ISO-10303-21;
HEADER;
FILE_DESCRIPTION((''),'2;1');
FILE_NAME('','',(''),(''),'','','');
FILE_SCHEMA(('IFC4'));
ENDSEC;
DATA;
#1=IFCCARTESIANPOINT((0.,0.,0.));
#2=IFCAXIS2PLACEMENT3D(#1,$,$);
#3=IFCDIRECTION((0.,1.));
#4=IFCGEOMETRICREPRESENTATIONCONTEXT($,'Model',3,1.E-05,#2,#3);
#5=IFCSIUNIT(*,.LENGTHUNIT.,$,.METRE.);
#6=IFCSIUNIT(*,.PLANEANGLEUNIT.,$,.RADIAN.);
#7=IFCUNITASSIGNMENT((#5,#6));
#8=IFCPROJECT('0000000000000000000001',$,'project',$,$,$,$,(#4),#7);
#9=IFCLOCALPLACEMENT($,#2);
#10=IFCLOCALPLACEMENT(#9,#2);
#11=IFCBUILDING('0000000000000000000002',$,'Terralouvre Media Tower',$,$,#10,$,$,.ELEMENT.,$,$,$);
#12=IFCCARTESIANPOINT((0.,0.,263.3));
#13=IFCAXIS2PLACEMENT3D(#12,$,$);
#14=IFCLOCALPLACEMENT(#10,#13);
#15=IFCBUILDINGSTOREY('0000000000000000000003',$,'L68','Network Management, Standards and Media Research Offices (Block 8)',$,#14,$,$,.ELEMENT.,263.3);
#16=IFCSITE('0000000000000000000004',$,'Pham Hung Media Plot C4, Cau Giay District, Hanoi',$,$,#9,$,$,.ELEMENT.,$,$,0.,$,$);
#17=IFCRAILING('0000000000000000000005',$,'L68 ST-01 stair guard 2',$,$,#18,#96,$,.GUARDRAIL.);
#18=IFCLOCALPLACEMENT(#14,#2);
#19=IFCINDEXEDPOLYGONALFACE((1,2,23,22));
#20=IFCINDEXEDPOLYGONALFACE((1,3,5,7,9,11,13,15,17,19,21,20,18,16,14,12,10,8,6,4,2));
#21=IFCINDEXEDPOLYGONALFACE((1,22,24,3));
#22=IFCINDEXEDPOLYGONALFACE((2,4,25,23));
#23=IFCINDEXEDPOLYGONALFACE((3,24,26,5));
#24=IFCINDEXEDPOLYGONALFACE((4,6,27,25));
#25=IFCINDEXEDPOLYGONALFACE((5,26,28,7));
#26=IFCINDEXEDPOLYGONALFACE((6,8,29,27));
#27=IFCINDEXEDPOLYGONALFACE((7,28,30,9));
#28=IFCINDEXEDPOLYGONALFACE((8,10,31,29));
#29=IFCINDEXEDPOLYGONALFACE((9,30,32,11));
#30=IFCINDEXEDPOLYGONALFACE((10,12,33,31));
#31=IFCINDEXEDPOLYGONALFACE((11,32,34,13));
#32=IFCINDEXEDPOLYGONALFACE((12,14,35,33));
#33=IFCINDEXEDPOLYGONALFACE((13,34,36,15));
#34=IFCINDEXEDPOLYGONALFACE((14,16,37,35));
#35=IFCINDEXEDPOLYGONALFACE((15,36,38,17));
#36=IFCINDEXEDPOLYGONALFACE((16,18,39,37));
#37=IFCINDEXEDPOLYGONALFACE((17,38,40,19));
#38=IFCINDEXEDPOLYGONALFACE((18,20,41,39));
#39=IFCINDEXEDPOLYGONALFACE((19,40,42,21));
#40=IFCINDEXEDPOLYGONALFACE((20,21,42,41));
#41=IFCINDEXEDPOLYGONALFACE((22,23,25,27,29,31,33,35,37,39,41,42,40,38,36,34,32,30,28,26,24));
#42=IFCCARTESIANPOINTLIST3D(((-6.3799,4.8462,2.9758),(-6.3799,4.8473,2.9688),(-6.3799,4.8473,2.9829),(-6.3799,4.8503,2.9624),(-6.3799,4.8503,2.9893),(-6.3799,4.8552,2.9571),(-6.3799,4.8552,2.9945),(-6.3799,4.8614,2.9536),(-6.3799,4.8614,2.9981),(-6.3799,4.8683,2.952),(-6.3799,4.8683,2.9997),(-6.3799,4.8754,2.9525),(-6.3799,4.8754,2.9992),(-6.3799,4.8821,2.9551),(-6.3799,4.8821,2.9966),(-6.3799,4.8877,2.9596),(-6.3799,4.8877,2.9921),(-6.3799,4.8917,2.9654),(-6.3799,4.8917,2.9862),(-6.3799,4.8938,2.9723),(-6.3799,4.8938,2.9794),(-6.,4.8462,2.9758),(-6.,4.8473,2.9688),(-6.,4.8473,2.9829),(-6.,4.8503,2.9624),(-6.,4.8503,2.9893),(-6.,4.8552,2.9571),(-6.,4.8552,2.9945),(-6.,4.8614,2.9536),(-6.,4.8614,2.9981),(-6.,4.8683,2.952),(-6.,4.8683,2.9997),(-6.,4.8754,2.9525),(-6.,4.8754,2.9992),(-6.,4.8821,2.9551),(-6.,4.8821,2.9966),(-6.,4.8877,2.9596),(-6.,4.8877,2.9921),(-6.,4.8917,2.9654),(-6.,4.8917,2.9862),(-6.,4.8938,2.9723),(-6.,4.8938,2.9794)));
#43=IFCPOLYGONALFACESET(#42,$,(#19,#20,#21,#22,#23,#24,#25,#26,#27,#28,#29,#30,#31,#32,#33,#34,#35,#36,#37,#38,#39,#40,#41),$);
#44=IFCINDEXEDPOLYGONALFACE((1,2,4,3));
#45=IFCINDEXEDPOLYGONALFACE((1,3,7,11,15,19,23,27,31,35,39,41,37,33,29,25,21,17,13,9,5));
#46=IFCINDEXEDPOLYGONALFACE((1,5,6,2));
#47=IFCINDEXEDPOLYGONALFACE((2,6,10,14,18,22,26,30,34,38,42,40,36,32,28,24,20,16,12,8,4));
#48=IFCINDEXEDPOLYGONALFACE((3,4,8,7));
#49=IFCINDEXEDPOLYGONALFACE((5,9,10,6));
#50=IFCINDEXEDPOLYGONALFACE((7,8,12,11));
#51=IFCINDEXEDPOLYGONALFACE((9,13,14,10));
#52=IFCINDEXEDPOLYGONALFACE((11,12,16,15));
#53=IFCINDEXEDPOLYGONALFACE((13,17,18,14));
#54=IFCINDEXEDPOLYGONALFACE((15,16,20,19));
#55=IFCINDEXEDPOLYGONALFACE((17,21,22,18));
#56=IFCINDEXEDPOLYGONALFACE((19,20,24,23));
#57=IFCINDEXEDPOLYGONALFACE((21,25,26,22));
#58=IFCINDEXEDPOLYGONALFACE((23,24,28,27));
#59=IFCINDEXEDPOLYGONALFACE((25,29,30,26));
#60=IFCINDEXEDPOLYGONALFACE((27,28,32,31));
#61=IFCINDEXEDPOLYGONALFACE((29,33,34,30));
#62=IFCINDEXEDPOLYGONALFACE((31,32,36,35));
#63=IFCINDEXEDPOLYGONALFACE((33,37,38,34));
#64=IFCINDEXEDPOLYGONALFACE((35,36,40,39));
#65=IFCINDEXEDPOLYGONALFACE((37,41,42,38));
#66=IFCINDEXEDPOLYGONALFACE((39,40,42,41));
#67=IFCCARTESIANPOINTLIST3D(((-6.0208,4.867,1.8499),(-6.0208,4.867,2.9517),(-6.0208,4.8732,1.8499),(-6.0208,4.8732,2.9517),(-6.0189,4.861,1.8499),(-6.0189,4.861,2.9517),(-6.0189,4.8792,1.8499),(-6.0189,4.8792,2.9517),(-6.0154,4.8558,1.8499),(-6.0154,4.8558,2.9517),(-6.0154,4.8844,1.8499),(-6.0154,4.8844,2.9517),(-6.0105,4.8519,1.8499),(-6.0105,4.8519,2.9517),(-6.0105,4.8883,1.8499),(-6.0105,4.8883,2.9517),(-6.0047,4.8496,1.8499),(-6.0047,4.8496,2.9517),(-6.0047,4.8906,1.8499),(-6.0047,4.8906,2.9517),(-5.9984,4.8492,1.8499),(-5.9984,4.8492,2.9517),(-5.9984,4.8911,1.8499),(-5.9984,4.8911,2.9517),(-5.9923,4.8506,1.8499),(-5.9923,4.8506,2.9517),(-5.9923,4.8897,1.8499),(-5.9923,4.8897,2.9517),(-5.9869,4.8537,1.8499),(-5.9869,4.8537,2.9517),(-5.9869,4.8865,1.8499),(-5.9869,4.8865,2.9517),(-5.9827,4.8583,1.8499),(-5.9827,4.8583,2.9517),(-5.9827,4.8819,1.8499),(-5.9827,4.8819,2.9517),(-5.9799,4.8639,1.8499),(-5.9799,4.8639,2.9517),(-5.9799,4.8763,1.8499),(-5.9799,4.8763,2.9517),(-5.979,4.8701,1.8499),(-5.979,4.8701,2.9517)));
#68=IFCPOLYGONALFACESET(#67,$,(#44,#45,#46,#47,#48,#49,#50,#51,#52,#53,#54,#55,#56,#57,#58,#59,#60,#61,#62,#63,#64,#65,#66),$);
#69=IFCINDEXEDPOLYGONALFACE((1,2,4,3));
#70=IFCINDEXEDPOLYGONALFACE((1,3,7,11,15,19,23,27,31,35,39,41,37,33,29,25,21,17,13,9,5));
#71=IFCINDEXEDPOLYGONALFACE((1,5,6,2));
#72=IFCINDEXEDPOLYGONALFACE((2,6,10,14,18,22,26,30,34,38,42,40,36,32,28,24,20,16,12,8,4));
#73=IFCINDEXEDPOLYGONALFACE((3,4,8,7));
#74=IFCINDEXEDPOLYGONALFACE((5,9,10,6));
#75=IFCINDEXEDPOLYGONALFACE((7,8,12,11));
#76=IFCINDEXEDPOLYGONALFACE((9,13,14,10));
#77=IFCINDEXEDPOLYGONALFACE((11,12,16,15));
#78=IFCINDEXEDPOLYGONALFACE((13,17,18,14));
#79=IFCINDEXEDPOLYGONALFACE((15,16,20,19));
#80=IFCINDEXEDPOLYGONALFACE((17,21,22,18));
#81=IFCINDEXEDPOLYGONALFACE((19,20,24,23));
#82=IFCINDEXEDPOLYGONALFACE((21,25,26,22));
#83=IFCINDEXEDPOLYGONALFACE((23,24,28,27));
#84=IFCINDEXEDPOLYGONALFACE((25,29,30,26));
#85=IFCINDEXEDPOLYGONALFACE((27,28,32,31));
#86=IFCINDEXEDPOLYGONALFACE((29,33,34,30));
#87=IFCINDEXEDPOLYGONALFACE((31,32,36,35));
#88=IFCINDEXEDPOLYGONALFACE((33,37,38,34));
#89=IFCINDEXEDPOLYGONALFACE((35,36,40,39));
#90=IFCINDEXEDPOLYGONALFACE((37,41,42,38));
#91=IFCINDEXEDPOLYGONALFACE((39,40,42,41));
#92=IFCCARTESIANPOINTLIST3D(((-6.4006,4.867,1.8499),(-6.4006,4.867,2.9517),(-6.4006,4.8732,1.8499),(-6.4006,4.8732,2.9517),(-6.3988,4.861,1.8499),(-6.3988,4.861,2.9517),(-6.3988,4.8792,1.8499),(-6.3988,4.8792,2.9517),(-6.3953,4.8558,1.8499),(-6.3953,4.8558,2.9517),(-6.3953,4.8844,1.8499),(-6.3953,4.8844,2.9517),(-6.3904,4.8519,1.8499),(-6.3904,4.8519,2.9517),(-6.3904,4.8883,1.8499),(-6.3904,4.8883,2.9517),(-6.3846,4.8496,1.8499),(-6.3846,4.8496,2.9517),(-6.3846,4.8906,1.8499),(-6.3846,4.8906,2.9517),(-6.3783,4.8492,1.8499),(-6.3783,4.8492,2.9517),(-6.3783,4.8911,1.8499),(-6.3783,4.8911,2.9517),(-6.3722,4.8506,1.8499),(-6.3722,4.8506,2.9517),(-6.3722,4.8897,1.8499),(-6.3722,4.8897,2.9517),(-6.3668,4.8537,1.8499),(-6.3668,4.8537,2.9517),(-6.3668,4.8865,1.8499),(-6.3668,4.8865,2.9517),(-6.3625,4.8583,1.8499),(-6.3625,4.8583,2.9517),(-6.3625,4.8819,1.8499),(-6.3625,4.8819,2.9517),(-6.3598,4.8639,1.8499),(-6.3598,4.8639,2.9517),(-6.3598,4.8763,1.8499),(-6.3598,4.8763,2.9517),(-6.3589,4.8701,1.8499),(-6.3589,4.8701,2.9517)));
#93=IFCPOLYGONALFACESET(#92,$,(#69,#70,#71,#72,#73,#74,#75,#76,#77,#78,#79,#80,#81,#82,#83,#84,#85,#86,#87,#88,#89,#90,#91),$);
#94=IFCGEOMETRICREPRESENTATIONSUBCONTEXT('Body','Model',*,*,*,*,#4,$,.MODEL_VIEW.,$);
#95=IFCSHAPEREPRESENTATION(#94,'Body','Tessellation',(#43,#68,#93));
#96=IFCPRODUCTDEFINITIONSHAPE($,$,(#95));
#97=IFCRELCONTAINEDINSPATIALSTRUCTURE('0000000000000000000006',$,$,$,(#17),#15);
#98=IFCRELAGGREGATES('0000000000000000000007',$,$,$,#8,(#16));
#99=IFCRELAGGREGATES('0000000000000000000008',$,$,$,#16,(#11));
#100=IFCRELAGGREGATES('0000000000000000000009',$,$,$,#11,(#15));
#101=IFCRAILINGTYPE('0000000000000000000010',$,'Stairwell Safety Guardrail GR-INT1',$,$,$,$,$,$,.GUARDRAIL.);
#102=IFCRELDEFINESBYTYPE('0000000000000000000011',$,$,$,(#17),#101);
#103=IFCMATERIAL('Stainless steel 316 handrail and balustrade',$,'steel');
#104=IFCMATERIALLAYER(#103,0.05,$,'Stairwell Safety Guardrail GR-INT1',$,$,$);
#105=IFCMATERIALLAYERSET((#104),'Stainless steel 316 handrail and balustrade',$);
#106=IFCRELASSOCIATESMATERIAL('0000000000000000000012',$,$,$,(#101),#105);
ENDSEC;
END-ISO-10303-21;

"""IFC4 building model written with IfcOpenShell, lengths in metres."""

from ifc_helpers import new_model, si_unit, direction, frame, origin, origin_2d, place, context, subcontext, project, spatial, circle, extrude, material, layer, layer_set, type_object, element, save


model = new_model("IFC4")

# Units and contexts
model_context = context("Model", 3, precision=1e-05, world=origin(), true_north=direction((0.0, 1.0)))
body_context = subcontext(model_context, "Body", "Model", "MODEL_VIEW")
ifc_project = project(units=[si_unit("LENGTHUNIT", "METRE"), si_unit("PLANEANGLEUNIT", "RADIAN")], contexts=[model_context])

# Site, building, storey
site_placement = place(None, origin())
site = spatial("IfcSite", under=ifc_project, at=site_placement, Name="Pham Hung Media Plot C4, Cau Giay District, Hanoi", CompositionType="ELEMENT", RefElevation=0.0)
building_placement = place(site_placement, origin())
building = spatial("IfcBuilding", under=site, at=building_placement, Name="Terralouvre Media Tower", CompositionType="ELEMENT")
storey_placement = place(building_placement, frame((0.0, 0.0, 263.3)))
storey = spatial("IfcBuildingStorey", under=building, at=storey_placement, Name="L68", Description="Network Management, Standards and Media Research Offices (Block 8)", CompositionType="ELEMENT", Elevation=263.3)

# Railing
ifc_material_1 = material(Name="Stainless steel 316 handrail and balustrade", Category="steel")
ifc_layer_1 = layer(ifc_material_1, 0.05, Name="Stairwell Safety Guardrail GR-INT1")
ifc_layer_set_1 = layer_set([ifc_layer_1], Name="Stainless steel 316 handrail and balustrade")
railing_type_1 = type_object("IfcRailingType", Name="Stairwell Safety Guardrail GR-INT1", PredefinedType="GUARDRAIL", material=ifc_layer_set_1)
railing_1_placement = place(storey_placement, frame((-6.0, 4.8701, 1.8499)))
element("IfcRailing", 1, at=railing_1_placement, inside=storey, type_object=railing_type_1, Name="L68 ST-01 stair guard 2", PredefinedType="GUARDRAIL", context=body_context, shape_type="SweptSolid", body=[
    extrude(circle(Radius=0.0239, at=origin_2d()), frame((0.0, 0.0, 1.126), z_axis=(-1.0, 0.0, 0.0), x_axis=(0.0, -1.0, 0.0)), (0.0, 0.0, 1.0), 0.3799),
    extrude(circle(Radius=0.021, at=origin_2d()), origin(), (0.0, 0.0, 1.0), 1.1018),
    extrude(circle(Radius=0.021, at=origin_2d()), frame((-0.3799, 0.0, 0.0)), (0.0, 0.0, 1.0), 1.1018),
])

save(model, "model.ifc")
